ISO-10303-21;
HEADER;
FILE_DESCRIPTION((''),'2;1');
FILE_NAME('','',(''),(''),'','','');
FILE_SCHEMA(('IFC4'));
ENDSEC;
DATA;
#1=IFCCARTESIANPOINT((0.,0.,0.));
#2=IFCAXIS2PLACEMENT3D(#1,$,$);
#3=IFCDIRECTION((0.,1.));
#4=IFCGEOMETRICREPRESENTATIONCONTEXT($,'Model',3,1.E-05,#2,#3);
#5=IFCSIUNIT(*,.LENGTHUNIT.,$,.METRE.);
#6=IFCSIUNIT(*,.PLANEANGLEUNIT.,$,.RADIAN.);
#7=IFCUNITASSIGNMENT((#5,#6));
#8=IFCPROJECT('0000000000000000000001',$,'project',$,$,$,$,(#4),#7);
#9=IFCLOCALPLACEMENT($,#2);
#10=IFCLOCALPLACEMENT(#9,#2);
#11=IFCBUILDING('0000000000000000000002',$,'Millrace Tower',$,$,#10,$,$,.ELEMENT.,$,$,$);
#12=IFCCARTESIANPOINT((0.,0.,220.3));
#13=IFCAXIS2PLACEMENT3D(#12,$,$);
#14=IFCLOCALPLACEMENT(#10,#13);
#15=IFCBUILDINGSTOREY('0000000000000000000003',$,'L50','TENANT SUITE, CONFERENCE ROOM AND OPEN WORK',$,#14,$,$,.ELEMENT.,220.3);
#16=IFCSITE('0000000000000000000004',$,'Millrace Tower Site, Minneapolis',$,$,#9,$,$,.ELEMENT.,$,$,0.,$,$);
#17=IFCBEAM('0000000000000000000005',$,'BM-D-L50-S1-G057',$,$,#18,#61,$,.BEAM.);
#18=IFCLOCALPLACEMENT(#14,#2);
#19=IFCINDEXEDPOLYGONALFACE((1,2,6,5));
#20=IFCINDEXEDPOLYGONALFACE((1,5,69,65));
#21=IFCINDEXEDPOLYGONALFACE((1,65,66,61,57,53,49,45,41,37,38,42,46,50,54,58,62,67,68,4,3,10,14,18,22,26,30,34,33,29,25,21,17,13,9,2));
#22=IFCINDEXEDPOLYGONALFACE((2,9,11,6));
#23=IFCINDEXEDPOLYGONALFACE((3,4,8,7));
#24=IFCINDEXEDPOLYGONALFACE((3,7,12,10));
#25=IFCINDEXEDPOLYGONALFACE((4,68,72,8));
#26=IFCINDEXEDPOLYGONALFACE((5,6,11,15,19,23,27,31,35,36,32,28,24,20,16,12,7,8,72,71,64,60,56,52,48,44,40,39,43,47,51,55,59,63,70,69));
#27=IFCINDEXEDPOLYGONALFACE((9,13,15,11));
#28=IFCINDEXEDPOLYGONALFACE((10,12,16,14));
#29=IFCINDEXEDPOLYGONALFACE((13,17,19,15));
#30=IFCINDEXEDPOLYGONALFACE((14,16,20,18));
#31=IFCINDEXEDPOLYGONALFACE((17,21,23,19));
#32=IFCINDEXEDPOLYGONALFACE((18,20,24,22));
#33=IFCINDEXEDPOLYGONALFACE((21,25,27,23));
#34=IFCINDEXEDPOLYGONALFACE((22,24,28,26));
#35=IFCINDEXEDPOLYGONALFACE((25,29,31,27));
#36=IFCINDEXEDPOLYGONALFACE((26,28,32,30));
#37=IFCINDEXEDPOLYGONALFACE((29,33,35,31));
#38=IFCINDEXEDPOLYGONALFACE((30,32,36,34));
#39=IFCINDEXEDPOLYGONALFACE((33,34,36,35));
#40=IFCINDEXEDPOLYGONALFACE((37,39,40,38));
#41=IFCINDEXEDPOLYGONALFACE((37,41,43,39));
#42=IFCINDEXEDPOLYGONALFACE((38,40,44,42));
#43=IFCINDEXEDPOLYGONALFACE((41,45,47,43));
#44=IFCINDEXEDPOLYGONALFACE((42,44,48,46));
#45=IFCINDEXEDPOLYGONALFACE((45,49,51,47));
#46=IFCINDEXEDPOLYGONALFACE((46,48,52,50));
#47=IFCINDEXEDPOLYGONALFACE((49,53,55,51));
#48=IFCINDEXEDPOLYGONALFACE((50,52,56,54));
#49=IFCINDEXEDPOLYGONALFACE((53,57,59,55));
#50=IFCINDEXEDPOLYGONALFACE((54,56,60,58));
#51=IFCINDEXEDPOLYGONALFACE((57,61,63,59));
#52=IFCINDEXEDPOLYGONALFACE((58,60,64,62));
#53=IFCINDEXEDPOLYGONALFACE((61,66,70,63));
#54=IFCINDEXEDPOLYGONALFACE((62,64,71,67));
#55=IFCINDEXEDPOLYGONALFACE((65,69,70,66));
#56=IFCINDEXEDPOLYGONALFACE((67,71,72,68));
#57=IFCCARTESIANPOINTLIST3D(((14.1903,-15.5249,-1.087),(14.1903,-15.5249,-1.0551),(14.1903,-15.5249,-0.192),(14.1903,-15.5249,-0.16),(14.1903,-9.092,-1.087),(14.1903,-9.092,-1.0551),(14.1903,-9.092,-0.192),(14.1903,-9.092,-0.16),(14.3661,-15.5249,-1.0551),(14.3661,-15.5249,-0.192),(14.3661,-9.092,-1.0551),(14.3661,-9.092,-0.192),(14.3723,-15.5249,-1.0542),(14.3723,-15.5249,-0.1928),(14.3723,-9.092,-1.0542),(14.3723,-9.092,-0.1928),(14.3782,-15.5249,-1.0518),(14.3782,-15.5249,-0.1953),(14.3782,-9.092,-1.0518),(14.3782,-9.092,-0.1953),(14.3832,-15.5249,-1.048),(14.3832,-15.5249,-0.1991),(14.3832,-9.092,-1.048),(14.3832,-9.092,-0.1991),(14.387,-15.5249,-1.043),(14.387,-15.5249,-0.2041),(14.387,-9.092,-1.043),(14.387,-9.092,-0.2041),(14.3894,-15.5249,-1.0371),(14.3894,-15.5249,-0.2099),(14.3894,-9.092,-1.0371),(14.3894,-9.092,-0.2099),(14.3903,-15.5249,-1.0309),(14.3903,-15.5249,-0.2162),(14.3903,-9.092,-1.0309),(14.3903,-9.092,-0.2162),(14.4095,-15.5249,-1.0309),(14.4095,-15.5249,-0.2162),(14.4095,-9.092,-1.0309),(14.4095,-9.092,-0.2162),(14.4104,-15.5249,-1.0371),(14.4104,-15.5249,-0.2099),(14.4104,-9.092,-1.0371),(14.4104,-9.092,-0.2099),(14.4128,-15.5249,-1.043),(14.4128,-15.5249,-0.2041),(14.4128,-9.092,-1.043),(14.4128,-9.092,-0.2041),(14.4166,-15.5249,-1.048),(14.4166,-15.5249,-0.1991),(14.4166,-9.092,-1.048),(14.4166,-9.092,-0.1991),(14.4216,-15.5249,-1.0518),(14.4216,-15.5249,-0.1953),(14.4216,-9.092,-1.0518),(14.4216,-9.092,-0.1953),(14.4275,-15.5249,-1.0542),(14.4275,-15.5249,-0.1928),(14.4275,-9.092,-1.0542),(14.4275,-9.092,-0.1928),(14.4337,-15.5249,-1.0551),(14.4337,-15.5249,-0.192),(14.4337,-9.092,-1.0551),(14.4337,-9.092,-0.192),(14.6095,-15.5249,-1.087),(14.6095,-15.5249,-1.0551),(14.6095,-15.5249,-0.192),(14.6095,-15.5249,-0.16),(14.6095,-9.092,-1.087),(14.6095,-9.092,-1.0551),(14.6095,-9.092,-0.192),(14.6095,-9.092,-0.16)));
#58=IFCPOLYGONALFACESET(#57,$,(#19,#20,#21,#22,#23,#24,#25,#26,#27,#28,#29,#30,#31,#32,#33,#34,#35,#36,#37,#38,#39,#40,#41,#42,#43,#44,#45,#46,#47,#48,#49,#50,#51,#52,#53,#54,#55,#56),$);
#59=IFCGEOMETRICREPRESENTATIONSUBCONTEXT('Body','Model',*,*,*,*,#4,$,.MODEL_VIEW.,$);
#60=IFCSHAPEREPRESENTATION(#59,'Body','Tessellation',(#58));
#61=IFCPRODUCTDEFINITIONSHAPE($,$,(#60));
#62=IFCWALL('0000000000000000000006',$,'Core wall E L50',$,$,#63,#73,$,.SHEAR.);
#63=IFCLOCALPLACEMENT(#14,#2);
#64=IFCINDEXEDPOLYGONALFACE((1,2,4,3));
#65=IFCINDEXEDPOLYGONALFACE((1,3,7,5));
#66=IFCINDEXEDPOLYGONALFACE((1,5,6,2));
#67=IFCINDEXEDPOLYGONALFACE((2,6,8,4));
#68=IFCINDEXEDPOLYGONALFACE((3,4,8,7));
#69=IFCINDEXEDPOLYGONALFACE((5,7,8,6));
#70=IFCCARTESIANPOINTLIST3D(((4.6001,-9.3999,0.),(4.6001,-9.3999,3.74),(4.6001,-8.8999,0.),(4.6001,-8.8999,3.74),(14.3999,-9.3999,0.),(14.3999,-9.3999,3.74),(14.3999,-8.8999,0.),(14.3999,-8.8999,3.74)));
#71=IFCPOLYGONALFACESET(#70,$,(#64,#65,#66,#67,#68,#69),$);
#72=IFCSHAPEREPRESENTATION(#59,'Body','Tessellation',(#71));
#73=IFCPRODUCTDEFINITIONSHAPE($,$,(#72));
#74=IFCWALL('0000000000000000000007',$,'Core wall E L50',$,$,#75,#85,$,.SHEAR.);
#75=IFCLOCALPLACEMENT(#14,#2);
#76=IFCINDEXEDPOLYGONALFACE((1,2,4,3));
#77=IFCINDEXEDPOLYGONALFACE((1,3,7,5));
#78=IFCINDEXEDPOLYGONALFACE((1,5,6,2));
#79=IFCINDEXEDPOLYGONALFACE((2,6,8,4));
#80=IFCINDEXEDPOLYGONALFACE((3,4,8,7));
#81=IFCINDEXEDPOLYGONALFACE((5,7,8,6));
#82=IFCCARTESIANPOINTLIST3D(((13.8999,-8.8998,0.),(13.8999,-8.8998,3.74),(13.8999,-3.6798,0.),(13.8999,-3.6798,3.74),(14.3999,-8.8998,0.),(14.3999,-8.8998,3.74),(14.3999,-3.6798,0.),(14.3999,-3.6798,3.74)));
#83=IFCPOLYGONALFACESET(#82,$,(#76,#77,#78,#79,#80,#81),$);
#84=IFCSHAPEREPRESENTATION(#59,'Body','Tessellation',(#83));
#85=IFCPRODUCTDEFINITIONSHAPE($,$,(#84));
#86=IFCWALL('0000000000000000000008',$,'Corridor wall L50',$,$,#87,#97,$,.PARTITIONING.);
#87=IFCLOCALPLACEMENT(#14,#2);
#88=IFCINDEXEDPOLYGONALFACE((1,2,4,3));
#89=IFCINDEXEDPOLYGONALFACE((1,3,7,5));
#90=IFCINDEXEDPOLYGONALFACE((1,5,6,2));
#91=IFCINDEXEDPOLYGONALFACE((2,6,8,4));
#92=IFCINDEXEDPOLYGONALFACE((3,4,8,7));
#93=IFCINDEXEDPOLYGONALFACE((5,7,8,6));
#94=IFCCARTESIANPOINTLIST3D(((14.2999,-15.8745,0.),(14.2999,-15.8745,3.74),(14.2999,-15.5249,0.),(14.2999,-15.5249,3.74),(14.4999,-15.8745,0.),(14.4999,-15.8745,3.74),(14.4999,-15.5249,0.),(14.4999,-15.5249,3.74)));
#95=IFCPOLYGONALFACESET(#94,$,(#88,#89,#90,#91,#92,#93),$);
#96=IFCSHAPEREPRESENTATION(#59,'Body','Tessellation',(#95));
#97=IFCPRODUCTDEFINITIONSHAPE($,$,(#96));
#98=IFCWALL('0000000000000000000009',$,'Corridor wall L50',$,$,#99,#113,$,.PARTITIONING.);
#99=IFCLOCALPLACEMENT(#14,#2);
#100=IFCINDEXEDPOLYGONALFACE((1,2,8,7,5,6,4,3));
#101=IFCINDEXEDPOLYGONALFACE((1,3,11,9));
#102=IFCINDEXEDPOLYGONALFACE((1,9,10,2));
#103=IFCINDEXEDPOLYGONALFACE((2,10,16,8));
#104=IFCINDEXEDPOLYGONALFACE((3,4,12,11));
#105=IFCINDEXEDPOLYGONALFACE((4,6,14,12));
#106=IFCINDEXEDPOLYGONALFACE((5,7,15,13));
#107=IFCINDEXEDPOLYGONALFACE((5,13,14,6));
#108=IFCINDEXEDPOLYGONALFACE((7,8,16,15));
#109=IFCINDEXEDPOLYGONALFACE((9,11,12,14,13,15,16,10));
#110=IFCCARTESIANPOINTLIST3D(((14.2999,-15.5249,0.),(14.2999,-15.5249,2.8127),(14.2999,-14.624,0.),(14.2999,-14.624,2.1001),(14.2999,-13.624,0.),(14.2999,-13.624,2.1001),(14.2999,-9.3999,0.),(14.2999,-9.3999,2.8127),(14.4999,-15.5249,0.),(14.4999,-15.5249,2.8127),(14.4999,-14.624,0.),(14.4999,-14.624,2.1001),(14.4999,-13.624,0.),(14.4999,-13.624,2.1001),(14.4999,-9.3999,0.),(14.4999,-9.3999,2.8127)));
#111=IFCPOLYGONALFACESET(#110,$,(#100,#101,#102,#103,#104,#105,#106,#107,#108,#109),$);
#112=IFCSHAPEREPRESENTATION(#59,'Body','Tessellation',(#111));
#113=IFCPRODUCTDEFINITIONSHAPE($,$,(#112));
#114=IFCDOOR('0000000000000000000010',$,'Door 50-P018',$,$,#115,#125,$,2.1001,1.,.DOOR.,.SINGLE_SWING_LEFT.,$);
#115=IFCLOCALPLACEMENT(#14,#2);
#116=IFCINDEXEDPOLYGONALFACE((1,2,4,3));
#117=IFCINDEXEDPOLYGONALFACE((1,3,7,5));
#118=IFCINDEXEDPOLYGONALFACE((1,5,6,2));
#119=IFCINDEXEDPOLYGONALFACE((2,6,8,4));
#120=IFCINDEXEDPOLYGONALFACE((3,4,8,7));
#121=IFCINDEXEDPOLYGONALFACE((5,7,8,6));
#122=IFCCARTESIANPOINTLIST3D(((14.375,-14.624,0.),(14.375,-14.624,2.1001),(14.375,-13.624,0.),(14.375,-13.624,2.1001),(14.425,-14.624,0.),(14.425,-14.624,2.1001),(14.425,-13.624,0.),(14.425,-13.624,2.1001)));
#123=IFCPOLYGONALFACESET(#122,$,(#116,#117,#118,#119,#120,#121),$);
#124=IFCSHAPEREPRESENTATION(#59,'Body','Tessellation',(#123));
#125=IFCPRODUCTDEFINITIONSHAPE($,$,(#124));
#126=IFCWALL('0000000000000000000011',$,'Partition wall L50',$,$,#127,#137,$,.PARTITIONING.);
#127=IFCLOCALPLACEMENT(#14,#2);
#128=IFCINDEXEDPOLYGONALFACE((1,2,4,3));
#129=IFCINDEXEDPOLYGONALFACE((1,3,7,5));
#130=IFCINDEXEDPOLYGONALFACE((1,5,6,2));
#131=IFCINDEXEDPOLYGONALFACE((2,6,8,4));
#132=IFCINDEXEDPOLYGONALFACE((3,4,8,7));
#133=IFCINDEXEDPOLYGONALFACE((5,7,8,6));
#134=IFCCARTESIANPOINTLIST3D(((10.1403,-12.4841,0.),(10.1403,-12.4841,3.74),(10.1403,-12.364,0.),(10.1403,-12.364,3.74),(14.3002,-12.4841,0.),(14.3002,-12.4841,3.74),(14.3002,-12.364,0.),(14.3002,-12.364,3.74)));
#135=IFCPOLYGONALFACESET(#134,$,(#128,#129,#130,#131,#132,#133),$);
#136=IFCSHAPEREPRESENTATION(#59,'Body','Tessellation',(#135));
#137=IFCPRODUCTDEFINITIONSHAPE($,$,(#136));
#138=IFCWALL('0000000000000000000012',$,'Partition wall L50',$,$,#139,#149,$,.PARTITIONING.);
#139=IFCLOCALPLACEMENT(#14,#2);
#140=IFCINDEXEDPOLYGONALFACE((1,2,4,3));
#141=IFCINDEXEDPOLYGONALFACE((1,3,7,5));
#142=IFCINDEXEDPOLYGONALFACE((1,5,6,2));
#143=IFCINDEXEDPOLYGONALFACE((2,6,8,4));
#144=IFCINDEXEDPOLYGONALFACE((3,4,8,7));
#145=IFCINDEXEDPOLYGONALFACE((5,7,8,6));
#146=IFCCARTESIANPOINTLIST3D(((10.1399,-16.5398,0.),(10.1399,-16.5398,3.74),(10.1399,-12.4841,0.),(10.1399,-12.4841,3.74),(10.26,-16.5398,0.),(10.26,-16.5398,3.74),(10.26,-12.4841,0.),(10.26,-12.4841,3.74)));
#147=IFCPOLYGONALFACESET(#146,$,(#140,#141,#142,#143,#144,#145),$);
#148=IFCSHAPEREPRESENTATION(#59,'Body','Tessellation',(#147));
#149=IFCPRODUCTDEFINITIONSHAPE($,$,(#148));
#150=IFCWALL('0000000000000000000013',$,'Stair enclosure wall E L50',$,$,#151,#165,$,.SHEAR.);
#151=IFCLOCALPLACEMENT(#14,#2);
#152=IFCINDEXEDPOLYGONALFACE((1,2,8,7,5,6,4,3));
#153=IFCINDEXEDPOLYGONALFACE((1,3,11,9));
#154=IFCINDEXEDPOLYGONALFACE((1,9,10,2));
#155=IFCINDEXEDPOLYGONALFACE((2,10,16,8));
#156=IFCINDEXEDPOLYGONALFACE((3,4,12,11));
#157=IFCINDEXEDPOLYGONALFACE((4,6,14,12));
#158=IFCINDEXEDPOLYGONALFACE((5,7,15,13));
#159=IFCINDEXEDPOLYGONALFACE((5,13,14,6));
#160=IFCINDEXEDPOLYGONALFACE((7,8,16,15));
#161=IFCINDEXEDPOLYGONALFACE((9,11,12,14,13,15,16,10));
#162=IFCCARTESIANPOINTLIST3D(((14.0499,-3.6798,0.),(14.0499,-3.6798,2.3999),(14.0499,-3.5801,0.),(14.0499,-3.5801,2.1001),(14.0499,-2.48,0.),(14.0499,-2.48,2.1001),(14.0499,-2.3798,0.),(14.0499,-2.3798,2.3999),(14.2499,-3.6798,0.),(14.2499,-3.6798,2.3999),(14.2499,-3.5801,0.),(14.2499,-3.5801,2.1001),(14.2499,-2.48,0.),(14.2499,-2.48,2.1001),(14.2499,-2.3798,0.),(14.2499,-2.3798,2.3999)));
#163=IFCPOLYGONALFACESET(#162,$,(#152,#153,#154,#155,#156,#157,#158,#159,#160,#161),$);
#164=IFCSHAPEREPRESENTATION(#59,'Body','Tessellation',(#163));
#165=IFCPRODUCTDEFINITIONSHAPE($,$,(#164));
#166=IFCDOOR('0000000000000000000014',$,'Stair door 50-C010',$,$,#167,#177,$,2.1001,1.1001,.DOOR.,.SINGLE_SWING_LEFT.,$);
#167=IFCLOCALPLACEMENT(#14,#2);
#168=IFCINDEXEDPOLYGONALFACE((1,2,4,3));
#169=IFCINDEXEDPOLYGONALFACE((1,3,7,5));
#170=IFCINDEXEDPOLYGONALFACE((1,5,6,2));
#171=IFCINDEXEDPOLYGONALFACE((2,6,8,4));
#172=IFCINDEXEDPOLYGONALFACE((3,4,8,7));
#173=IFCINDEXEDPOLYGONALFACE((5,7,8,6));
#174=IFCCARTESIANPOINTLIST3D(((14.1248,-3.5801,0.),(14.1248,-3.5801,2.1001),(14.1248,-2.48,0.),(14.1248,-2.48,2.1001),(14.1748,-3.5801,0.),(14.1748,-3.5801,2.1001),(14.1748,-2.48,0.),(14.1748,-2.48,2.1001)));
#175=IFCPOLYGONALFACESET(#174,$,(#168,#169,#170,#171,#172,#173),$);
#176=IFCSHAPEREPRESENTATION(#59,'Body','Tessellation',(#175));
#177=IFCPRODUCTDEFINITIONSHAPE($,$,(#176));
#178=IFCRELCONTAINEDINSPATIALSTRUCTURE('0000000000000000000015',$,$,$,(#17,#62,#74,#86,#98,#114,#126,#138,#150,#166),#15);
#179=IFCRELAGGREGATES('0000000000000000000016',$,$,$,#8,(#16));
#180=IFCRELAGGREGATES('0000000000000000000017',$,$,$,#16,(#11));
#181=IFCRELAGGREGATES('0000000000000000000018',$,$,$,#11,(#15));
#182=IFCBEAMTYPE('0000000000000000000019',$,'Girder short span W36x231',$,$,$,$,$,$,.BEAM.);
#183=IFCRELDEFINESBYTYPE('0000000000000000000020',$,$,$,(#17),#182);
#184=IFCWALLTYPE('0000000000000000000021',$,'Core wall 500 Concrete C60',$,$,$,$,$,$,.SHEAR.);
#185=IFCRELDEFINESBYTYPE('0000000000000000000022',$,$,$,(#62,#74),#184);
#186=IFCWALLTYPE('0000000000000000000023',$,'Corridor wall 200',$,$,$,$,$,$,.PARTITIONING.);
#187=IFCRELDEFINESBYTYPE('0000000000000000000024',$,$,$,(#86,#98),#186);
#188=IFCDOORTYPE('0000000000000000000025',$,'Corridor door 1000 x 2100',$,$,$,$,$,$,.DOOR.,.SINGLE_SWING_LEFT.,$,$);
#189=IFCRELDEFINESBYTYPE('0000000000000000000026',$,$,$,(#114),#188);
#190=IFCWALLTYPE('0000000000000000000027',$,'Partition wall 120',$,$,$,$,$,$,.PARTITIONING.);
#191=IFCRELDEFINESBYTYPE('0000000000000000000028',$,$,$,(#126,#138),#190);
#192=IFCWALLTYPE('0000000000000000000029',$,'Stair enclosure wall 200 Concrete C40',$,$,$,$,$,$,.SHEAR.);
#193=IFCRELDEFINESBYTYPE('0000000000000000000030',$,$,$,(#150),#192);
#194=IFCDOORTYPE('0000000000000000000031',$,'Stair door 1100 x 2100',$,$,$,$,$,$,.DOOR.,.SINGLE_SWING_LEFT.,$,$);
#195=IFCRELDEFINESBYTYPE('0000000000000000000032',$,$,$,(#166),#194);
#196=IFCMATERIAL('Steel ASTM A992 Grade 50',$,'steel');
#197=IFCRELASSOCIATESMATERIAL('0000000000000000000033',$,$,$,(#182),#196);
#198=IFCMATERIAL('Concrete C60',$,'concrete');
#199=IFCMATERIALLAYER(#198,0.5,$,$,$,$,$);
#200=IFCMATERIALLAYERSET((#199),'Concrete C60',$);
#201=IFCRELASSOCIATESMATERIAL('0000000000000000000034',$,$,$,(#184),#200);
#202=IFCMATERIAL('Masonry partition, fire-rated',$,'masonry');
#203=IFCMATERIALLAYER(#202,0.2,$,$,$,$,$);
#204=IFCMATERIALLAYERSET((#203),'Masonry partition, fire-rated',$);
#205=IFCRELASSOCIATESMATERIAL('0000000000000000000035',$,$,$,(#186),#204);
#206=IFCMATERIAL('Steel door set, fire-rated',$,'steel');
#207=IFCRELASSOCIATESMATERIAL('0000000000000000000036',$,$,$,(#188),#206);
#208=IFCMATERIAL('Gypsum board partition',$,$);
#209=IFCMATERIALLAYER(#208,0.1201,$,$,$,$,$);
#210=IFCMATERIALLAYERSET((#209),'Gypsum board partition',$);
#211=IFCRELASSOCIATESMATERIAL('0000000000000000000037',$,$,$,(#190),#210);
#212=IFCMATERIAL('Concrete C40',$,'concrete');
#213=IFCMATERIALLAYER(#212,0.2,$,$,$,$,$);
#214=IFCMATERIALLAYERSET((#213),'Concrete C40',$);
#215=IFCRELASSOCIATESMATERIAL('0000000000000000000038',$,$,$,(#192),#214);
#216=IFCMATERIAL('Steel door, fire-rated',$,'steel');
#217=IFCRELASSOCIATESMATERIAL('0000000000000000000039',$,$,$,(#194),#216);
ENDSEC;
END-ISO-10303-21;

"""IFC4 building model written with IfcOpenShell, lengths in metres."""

from ifc_helpers import new_model, si_unit, direction, frame, frame_2d, origin, origin_2d, place, context, subcontext, project, spatial, rectangle, i_section, extrude, material, layer, layer_set, material_profile, profile_set, type_object, element, fill, save


model = new_model("IFC4")

# Units and contexts
model_context = context("Model", 3, precision=1e-05, world=origin(), true_north=direction((0.0, 1.0)))
body_context = subcontext(model_context, "Body", "Model", "MODEL_VIEW")
ifc_project = project(units=[si_unit("LENGTHUNIT", "METRE"), si_unit("PLANEANGLEUNIT", "RADIAN")], contexts=[model_context])

# Site, building, storey
site_placement = place(None, origin())
site = spatial("IfcSite", under=ifc_project, at=site_placement, Name="Millrace Tower Site, Minneapolis", CompositionType="ELEMENT", RefElevation=0.0)
building_placement = place(site_placement, origin())
building = spatial("IfcBuilding", under=site, at=building_placement, Name="Millrace Tower", CompositionType="ELEMENT")
storey_placement = place(building_placement, frame((0.0, 0.0, 220.3)))
storey = spatial("IfcBuildingStorey", under=building, at=storey_placement, Name="L50", Description="TENANT SUITE, CONFERENCE ROOM AND OPEN WORK", CompositionType="ELEMENT", Elevation=220.3)

# Beam
ifc_material_1 = material(Name="Steel ASTM A992 Grade 50", Category="steel")
ifc_material_profile_1 = material_profile(ifc_material_1, i_section(OverallWidth=0.4192, OverallDepth=0.927, WebThickness=0.0193, FlangeThickness=0.032, FilletRadius=0.0242, at=origin_2d()))
ifc_profile_set_1 = profile_set([ifc_material_profile_1], Name="Steel ASTM A992 Grade 50")
beam_type_1 = type_object("IfcBeamType", Name="Girder short span W36x231", PredefinedType="BEAM", material=ifc_profile_set_1)
beam_1_placement = place(storey_placement, frame((14.3999, -15.5249, -0.6235), z_axis=(0.0, 1.0, 0.0), x_axis=(-1.0, 0.0, 0.0)))
element("IfcBeam", 1, at=beam_1_placement, inside=storey, type_object=beam_type_1, Name="BM-D-L50-S1-G057", PredefinedType="BEAM", context=body_context, shape_type="SweptSolid", body=[
    extrude(i_section(OverallWidth=0.4192, OverallDepth=0.927, WebThickness=0.0193, FlangeThickness=0.032, FilletRadius=0.0242, at=origin_2d()), origin(), (0.0, 0.0, 1.0), 6.4329),
])

# Walls
ifc_material_2 = material(Name="Concrete C60", Category="concrete")
ifc_layer_1 = layer(ifc_material_2, 0.5)
ifc_layer_set_1 = layer_set([ifc_layer_1], Name="Concrete C60")
wall_type_1 = type_object("IfcWallType", Name="Core wall 500 Concrete C60", PredefinedType="SHEAR", material=ifc_layer_set_1)
wall_1_placement = place(storey_placement, frame((14.3999, -9.1499, 0.0), z_axis=(0.0, 0.0, 1.0), x_axis=(-1.0, 0.0, 0.0)))
element("IfcWall", 2, at=wall_1_placement, inside=storey, type_object=wall_type_1, Name="Core wall E L50", PredefinedType="SHEAR", context=body_context, shape_type="SweptSolid", body=[
    extrude(rectangle(XDim=9.7998, YDim=0.5, at=frame_2d((4.8999, 0.0))), origin(), (0.0, 0.0, 1.0), 3.74),
])
wall_2_placement = place(storey_placement, frame((14.1499, -3.6799, 0.0), z_axis=(0.0, 0.0, 1.0), x_axis=(0.0, -1.0, 0.0)))
element("IfcWall", 3, at=wall_2_placement, inside=storey, type_object=wall_type_1, Name="Core wall E L50", PredefinedType="SHEAR", context=body_context, shape_type="SweptSolid", body=[
    extrude(rectangle(XDim=5.22, YDim=0.5, at=frame_2d((2.6099, 0.0))), origin(), (0.0, 0.0, 1.0), 3.74),
])
ifc_material_3 = material(Name="Masonry partition, fire-rated", Category="masonry")
ifc_layer_2 = layer(ifc_material_3, 0.2)
ifc_layer_set_2 = layer_set([ifc_layer_2], Name="Masonry partition, fire-rated")
wall_type_2 = type_object("IfcWallType", Name="Corridor wall 200", PredefinedType="PARTITIONING", material=ifc_layer_set_2)
wall_3_placement = place(storey_placement, frame((14.3999, -15.8745, 0.0), z_axis=(0.0, 0.0, 1.0), x_axis=(0.0, 1.0, 0.0)))
element("IfcWall", 4, at=wall_3_placement, inside=storey, type_object=wall_type_2, Name="Corridor wall L50", PredefinedType="PARTITIONING", context=body_context, shape_type="SweptSolid", body=[
    extrude(rectangle(XDim=0.3496, YDim=0.2, at=frame_2d((0.1748, 0.0))), origin(), (0.0, 0.0, 1.0), 3.74),
])

# Wall, opening, door
wall_4_placement = place(storey_placement, frame((14.3999, -15.5249, 0.0), z_axis=(0.0, 0.0, 1.0), x_axis=(0.0, 1.0, 0.0)))
wall_4 = element("IfcWall", 5, at=wall_4_placement, inside=storey, type_object=wall_type_2, Name="Corridor wall L50", PredefinedType="PARTITIONING", context=body_context, shape_type="SweptSolid", body=[
    extrude(rectangle(XDim=6.125, YDim=0.2, at=frame_2d((3.0625, 0.0))), origin(), (0.0, 0.0, 1.0), 2.8127),
])
opening_1_placement = place(wall_4_placement, frame((0.9009, 0.0, 0.0)))
opening_1 = element("IfcOpeningElement", 6, at=opening_1_placement, cuts=wall_4, PredefinedType="OPENING", context=body_context, shape_type="SweptSolid", body=[
    extrude(rectangle(XDim=1.0, YDim=2.1001, at=frame_2d((0.5, 1.05))), frame((0.0, 0.1099, 0.0), z_axis=(0.0, -1.0, 0.0), x_axis=(1.0, 0.0, 0.0)), (0.0, 0.0, 1.0), 0.22),
])
ifc_material_4 = material(Name="Steel door set, fire-rated", Category="steel")
door_type_1 = type_object("IfcDoorType", Name="Corridor door 1000 x 2100", OperationType="SINGLE_SWING_LEFT", PredefinedType="DOOR", material=ifc_material_4)
door_1_placement = place(opening_1_placement, origin())
door_1 = element("IfcDoor", 7, at=door_1_placement, inside=storey, type_object=door_type_1, Name="Door 50-P018", OperationType="SINGLE_SWING_LEFT", OverallHeight=2.1001, OverallWidth=1.0, PredefinedType="DOOR", context=body_context, shape_type="SweptSolid", body=[
    extrude(rectangle(XDim=1.0, YDim=2.1001, at=frame_2d((0.5, 1.05))), frame((0.0, 0.0249, 0.0), z_axis=(0.0, -1.0, 0.0), x_axis=(1.0, 0.0, 0.0)), (0.0, 0.0, 1.0), 0.05),
])
fill(opening_1, door_1)

# Walls
ifc_material_5 = material(Name="Gypsum board partition")
ifc_layer_3 = layer(ifc_material_5, 0.1201)
ifc_layer_set_3 = layer_set([ifc_layer_3], Name="Gypsum board partition")
wall_type_3 = type_object("IfcWallType", Name="Partition wall 120", PredefinedType="PARTITIONING", material=ifc_layer_set_3)
wall_5_placement = place(storey_placement, frame((10.1401, -12.4241, 0.0), z_axis=(0.0, 0.0, 1.0), x_axis=(1.0, 0.0, 0.0)))
element("IfcWall", 8, at=wall_5_placement, inside=storey, type_object=wall_type_3, Name="Partition wall L50", PredefinedType="PARTITIONING", context=body_context, shape_type="SweptSolid", body=[
    extrude(rectangle(XDim=4.1599, YDim=0.1201, at=frame_2d((2.0801, 0.0))), origin(), (0.0, 0.0, 1.0), 3.74),
])
wall_6_placement = place(storey_placement, frame((10.2, -16.5398, 0.0), z_axis=(0.0, 0.0, 1.0), x_axis=(0.0, 1.0, 0.0)))
element("IfcWall", 9, at=wall_6_placement, inside=storey, type_object=wall_type_3, Name="Partition wall L50", PredefinedType="PARTITIONING", context=body_context, shape_type="SweptSolid", body=[
    extrude(rectangle(XDim=4.0557, YDim=0.1201, at=frame_2d((2.0278, 0.0))), origin(), (0.0, 0.0, 1.0), 3.74),
])

# Wall, opening, door
ifc_material_6 = material(Name="Concrete C40", Category="concrete")
ifc_layer_4 = layer(ifc_material_6, 0.2)
ifc_layer_set_4 = layer_set([ifc_layer_4], Name="Concrete C40")
wall_type_4 = type_object("IfcWallType", Name="Stair enclosure wall 200 Concrete C40", PredefinedType="SHEAR", material=ifc_layer_set_4)
wall_7_placement = place(storey_placement, frame((14.1499, -2.3799, 0.0), z_axis=(0.0, 0.0, 1.0), x_axis=(0.0, -1.0, 0.0)))
wall_7 = element("IfcWall", 10, at=wall_7_placement, inside=storey, type_object=wall_type_4, Name="Stair enclosure wall E L50", PredefinedType="SHEAR", context=body_context, shape_type="SweptSolid", body=[
    extrude(rectangle(XDim=1.3, YDim=0.2, at=frame_2d((0.6499, 0.0))), origin(), (0.0, 0.0, 1.0), 2.3999),
])
opening_2_placement = place(wall_7_placement, frame((0.1001, 0.0, 0.0)))
opening_2 = element("IfcOpeningElement", 11, at=opening_2_placement, cuts=wall_7, PredefinedType="OPENING", context=body_context, shape_type="SweptSolid", body=[
    extrude(rectangle(XDim=1.1001, YDim=2.1001, at=frame_2d((0.55, 1.05))), frame((0.0, 0.1099, 0.0), z_axis=(0.0, -1.0, 0.0), x_axis=(1.0, 0.0, 0.0)), (0.0, 0.0, 1.0), 0.22),
])
ifc_material_7 = material(Name="Steel door, fire-rated", Category="steel")
door_type_2 = type_object("IfcDoorType", Name="Stair door 1100 x 2100", OperationType="SINGLE_SWING_LEFT", PredefinedType="DOOR", material=ifc_material_7)
door_2_placement = place(opening_2_placement, origin())
door_2 = element("IfcDoor", 12, at=door_2_placement, inside=storey, type_object=door_type_2, Name="Stair door 50-C010", OperationType="SINGLE_SWING_LEFT", OverallHeight=2.1001, OverallWidth=1.1001, PredefinedType="DOOR", context=body_context, shape_type="SweptSolid", body=[
    extrude(rectangle(XDim=1.1001, YDim=2.1001, at=frame_2d((0.55, 1.05))), frame((0.0, 0.0249, 0.0), z_axis=(0.0, -1.0, 0.0), x_axis=(1.0, 0.0, 0.0)), (0.0, 0.0, 1.0), 0.05),
])
fill(opening_2, door_2)

save(model, "model.ifc")
